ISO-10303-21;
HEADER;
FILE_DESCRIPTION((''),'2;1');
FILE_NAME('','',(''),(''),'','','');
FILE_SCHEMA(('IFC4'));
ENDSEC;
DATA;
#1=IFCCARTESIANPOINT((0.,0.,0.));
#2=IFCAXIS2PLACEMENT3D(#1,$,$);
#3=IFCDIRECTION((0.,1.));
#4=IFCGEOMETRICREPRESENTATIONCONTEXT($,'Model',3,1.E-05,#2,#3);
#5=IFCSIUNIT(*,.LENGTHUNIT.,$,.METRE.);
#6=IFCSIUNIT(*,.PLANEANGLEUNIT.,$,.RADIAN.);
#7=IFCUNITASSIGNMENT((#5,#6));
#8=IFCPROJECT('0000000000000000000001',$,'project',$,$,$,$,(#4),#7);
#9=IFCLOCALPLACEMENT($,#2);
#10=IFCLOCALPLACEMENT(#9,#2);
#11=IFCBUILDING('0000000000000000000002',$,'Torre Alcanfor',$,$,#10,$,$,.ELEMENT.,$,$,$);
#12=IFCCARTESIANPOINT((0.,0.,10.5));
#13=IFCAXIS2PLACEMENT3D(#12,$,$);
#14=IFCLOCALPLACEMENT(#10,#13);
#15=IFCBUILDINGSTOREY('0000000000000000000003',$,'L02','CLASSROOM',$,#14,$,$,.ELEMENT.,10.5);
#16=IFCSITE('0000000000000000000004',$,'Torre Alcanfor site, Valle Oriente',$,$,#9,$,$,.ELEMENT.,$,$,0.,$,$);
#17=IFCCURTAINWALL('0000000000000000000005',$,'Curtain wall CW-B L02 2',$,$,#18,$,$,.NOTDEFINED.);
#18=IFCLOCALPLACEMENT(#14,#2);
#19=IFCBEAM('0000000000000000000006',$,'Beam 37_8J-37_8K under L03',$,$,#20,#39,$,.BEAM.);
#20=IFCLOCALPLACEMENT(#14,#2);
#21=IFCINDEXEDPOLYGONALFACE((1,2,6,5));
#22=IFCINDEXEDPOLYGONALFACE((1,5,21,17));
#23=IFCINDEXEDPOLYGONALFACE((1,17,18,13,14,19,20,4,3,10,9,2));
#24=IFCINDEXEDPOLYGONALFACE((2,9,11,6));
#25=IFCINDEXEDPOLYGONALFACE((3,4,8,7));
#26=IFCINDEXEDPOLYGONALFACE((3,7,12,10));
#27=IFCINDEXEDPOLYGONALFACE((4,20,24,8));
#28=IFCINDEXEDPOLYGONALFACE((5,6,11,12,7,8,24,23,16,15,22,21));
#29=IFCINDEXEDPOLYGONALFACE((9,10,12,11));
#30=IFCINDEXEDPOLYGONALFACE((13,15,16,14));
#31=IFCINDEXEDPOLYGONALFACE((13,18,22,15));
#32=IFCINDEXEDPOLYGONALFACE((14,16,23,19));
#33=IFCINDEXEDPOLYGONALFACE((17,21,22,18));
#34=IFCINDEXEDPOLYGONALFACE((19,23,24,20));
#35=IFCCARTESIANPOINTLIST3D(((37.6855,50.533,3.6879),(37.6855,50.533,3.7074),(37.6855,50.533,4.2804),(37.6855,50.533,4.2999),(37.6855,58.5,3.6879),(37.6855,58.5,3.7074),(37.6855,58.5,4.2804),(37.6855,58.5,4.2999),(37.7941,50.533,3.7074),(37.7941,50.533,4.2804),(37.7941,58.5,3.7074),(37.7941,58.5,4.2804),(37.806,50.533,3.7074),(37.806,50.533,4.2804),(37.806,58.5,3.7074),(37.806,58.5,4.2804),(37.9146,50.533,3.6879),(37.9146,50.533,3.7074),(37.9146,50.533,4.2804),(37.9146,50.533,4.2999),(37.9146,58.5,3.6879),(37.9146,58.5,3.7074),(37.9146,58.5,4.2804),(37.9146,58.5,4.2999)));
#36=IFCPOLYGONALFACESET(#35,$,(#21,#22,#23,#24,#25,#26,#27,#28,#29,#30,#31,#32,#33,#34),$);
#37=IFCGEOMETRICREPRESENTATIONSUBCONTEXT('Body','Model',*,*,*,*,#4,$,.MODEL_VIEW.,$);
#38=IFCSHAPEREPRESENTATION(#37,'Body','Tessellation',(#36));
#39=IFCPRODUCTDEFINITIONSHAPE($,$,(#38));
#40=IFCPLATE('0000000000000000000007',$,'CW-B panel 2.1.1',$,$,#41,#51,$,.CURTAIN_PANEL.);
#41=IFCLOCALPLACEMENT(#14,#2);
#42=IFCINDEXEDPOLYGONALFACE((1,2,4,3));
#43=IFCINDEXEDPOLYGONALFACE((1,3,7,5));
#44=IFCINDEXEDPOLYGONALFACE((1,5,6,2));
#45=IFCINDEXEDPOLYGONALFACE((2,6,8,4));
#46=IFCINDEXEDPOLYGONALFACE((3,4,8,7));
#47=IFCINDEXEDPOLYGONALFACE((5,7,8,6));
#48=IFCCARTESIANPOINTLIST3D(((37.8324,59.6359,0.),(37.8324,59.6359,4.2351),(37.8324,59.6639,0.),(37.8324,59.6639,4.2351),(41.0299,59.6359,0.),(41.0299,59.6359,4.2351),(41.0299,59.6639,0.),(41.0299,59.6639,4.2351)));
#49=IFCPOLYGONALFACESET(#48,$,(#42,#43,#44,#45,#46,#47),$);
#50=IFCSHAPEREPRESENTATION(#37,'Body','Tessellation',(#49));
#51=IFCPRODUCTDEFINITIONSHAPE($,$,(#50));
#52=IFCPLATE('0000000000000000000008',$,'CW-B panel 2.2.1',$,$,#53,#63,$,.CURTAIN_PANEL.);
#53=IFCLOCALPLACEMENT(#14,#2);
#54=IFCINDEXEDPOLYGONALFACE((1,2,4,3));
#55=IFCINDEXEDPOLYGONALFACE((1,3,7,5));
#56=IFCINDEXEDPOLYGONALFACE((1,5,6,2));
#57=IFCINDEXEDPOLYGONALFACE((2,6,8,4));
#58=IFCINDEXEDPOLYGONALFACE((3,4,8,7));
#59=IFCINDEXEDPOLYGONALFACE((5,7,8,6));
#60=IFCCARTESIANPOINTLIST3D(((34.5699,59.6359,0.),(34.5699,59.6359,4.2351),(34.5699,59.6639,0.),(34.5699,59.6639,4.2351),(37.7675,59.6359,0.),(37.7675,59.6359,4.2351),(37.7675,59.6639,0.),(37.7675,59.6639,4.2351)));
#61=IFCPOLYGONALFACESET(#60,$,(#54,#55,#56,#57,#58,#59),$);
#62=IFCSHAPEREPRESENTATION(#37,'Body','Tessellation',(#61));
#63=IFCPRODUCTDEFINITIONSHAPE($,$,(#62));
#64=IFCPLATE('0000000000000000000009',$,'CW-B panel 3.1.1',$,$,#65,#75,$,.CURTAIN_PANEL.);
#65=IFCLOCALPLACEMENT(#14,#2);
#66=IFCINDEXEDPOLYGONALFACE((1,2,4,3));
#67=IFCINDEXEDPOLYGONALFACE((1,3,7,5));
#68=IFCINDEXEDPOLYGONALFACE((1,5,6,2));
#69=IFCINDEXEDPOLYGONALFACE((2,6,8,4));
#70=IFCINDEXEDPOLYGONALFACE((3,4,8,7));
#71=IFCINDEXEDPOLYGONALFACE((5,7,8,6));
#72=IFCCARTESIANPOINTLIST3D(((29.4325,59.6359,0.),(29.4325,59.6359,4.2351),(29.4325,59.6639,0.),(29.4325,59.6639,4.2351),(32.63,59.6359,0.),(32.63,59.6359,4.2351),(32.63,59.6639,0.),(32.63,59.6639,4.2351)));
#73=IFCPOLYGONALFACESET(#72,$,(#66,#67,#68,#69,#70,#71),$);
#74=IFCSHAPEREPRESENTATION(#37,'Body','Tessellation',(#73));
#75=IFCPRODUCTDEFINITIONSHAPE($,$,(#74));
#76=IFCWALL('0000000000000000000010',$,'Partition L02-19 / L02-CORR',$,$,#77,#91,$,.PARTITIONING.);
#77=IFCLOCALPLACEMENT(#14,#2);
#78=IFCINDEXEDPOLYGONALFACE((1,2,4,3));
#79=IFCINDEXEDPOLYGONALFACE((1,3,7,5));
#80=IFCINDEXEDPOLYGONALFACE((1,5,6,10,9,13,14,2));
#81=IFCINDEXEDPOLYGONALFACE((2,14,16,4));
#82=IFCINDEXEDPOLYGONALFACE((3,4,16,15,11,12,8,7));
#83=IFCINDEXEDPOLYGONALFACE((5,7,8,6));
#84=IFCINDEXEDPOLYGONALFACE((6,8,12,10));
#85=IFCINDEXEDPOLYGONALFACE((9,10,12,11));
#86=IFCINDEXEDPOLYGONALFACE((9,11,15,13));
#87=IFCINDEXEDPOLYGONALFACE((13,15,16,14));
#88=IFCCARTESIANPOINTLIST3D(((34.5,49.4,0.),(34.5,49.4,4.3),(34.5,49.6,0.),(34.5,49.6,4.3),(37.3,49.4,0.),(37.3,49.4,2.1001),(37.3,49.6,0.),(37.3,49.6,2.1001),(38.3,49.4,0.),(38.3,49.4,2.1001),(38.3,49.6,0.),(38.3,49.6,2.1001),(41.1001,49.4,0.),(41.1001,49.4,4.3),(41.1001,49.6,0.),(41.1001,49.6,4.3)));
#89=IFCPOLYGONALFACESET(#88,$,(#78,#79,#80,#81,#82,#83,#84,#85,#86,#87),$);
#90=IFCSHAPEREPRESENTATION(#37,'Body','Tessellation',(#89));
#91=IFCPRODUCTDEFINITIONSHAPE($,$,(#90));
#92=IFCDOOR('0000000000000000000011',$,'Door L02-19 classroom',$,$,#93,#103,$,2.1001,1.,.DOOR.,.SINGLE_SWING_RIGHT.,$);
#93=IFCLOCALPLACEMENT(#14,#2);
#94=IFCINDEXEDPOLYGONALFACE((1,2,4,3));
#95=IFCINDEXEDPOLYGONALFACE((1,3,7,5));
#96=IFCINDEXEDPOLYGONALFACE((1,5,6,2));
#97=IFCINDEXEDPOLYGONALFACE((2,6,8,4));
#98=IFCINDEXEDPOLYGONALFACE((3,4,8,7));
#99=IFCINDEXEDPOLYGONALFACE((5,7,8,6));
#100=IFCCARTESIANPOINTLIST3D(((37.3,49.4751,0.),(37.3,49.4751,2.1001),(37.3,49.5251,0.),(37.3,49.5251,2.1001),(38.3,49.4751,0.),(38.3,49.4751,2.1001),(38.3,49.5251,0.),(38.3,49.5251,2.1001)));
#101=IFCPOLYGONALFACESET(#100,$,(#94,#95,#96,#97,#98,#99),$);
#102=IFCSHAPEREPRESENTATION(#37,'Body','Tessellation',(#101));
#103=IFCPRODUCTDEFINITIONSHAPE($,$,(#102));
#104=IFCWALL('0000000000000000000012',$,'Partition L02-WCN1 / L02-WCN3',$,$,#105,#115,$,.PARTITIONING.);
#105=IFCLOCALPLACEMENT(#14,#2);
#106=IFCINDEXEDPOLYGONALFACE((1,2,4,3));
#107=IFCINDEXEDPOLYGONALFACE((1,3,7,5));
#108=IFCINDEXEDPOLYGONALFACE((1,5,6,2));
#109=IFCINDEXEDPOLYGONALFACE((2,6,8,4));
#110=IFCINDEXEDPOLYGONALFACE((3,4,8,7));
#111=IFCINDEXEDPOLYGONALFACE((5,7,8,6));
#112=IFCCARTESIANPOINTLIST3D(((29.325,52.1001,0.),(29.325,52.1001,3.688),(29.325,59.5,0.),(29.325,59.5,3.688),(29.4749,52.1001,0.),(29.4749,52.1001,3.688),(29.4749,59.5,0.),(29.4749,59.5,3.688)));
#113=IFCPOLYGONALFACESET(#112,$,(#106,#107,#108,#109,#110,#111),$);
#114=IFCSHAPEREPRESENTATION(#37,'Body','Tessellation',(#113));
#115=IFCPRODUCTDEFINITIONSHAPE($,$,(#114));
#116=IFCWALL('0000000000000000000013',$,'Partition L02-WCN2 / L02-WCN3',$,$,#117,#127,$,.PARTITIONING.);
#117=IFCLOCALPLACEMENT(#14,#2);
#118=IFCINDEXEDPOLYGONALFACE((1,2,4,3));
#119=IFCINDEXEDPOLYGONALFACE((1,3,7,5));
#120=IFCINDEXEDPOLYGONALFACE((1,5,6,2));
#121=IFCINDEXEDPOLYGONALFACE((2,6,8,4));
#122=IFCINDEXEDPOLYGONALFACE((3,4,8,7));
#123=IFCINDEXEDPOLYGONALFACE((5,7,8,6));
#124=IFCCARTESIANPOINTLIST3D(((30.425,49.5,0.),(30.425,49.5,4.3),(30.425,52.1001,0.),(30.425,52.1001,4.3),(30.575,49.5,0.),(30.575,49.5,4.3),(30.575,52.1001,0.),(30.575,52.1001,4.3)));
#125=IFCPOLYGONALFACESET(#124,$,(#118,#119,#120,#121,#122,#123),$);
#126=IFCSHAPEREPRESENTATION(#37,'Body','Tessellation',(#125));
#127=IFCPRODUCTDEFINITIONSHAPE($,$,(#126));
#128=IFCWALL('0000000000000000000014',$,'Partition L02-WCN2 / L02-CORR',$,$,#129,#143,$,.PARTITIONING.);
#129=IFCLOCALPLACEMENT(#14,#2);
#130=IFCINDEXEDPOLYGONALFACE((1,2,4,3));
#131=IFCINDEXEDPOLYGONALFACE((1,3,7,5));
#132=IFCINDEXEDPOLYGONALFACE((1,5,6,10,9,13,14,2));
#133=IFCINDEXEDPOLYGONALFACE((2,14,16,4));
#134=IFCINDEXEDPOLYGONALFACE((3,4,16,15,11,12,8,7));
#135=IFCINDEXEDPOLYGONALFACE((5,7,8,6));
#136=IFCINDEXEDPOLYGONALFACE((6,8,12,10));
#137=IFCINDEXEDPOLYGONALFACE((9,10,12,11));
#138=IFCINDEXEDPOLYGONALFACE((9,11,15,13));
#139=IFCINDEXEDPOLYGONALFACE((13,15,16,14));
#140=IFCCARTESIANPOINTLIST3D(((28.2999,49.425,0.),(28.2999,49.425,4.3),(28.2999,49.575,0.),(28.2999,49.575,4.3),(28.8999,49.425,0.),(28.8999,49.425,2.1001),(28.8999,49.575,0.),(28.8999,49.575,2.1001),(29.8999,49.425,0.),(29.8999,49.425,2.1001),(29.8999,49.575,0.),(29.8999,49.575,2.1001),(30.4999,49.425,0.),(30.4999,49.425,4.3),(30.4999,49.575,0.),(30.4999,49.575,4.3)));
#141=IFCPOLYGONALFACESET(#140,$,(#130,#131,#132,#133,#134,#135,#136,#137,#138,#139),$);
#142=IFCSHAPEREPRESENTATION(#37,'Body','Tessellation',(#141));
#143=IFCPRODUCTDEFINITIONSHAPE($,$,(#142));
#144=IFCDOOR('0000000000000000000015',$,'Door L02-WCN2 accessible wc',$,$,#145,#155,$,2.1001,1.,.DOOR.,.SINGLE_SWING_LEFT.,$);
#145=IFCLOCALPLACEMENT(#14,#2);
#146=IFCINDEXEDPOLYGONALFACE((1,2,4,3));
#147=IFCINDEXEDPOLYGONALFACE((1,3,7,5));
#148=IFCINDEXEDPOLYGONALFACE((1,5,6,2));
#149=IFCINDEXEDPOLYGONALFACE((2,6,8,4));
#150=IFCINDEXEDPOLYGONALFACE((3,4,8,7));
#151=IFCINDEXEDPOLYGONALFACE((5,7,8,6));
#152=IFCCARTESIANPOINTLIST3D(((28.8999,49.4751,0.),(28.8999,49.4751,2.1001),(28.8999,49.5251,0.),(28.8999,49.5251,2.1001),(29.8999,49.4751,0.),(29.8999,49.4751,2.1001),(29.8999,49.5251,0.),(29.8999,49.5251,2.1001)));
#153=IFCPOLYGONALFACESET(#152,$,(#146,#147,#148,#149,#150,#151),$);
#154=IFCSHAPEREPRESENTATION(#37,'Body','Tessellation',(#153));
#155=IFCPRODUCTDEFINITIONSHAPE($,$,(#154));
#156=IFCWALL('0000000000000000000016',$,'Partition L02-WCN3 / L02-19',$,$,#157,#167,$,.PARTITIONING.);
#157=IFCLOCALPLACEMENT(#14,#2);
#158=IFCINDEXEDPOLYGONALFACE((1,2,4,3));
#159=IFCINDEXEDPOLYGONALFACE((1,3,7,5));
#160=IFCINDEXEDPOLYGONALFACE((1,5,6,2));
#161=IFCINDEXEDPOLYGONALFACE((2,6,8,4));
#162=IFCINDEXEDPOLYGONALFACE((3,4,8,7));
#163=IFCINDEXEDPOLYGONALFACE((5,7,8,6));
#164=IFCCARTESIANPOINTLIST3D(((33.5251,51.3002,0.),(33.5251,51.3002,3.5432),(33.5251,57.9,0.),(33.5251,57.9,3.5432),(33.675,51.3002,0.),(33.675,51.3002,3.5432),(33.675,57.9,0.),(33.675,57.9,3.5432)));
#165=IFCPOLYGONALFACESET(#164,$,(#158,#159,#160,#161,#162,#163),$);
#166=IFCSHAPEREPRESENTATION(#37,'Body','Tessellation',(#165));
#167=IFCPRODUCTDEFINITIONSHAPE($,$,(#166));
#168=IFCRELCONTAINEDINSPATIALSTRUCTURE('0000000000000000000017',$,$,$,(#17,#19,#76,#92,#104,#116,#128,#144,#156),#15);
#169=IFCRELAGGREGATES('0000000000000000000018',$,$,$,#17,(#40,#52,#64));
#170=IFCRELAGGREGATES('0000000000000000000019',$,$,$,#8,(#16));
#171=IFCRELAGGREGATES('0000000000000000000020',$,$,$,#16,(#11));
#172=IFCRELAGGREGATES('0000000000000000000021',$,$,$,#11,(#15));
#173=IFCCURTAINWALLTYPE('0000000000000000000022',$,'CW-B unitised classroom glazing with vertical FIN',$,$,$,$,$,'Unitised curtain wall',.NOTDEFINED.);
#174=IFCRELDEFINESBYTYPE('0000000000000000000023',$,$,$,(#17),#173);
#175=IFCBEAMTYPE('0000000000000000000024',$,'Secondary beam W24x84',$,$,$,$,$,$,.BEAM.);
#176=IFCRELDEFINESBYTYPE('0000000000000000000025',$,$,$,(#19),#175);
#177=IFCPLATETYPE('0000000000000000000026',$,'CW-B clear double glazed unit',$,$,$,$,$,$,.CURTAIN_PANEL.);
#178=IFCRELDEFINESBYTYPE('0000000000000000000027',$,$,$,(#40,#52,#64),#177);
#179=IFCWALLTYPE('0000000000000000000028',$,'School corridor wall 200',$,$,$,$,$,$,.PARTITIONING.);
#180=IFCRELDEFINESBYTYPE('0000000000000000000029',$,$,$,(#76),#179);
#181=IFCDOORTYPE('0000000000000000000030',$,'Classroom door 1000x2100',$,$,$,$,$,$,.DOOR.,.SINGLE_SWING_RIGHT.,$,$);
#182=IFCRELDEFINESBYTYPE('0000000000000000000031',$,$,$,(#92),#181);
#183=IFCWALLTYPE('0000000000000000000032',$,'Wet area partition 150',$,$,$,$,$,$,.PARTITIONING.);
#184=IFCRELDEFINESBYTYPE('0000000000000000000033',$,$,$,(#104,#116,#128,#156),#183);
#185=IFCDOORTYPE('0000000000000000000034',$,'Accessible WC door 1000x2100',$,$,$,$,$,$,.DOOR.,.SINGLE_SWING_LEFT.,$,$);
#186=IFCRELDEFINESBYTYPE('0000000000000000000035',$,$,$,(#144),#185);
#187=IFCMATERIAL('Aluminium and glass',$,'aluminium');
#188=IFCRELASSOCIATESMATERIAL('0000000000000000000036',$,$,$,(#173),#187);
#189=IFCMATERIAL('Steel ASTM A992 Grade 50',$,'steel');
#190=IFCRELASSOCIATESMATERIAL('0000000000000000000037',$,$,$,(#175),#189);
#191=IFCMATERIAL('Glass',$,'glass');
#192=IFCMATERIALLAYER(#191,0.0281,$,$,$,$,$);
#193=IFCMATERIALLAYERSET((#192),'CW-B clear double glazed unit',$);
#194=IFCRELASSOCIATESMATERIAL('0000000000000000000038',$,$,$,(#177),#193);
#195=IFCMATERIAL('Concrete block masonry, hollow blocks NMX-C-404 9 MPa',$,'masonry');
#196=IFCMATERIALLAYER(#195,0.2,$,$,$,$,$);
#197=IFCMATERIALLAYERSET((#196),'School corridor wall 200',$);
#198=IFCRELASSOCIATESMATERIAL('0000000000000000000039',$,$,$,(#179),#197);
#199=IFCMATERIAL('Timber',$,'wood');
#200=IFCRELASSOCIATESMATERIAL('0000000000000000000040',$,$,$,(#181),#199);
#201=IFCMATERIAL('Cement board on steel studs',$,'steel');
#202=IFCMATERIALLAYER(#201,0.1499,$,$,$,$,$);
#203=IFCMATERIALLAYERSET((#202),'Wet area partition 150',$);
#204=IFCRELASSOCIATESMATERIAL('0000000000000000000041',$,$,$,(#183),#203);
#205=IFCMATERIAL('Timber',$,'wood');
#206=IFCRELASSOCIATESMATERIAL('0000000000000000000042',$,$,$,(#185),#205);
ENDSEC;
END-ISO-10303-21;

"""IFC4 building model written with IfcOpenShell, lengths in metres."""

from ifc_helpers import new_model, si_unit, direction, frame, frame_2d, origin, origin_2d, place, context, subcontext, project, spatial, rectangle, i_section, extrude, material, layer, layer_set, material_profile, profile_set, type_object, element, fill, aggregate, save


model = new_model("IFC4")

# Units and contexts
model_context = context("Model", 3, precision=1e-05, world=origin(), true_north=direction((0.0, 1.0)))
body_context = subcontext(model_context, "Body", "Model", "MODEL_VIEW")
ifc_project = project(units=[si_unit("LENGTHUNIT", "METRE"), si_unit("PLANEANGLEUNIT", "RADIAN")], contexts=[model_context])

# Site, building, storey
site_placement = place(None, origin())
site = spatial("IfcSite", under=ifc_project, at=site_placement, Name="Torre Alcanfor site, Valle Oriente", CompositionType="ELEMENT", RefElevation=0.0)
building_placement = place(site_placement, origin())
building = spatial("IfcBuilding", under=site, at=building_placement, Name="Torre Alcanfor", CompositionType="ELEMENT")
storey_placement = place(building_placement, frame((0.0, 0.0, 10.5)))
storey = spatial("IfcBuildingStorey", under=building, at=storey_placement, Name="L02", Description="CLASSROOM", CompositionType="ELEMENT", Elevation=10.5)

# Curtain wall
ifc_material_1 = material(Name="Aluminium and glass", Category="aluminium")
curtain_wall_type = type_object("IfcCurtainWallType", Name="CW-B unitised classroom glazing with vertical FIN", ElementType="Unitised curtain wall", PredefinedType="NOTDEFINED", material=ifc_material_1)
curtain_wall_placement = place(storey_placement, origin())
curtain_wall = element("IfcCurtainWall", 1, at=curtain_wall_placement, inside=storey, type_object=curtain_wall_type, Name="Curtain wall CW-B L02 2", PredefinedType="NOTDEFINED")

# Beam
ifc_material_2 = material(Name="Steel ASTM A992 Grade 50", Category="steel")
ifc_material_profile_1 = material_profile(ifc_material_2, i_section(OverallWidth=0.229, OverallDepth=0.6121, WebThickness=0.012, FlangeThickness=0.0195, at=origin_2d()), Name="W24x84")
ifc_profile_set_1 = profile_set([ifc_material_profile_1], Name="Steel ASTM A992 Grade 50")
beam_type_1 = type_object("IfcBeamType", Name="Secondary beam W24x84", PredefinedType="BEAM", material=ifc_profile_set_1)
beam_1_placement = place(storey_placement, frame((37.8, 50.533, 3.9939), z_axis=(0.0, 1.0, 0.0), x_axis=(-1.0, 0.0, 0.0)))
element("IfcBeam", 2, at=beam_1_placement, inside=storey, type_object=beam_type_1, Name="Beam 37_8J-37_8K under L03", PredefinedType="BEAM", context=body_context, shape_type="SweptSolid", body=[
    extrude(i_section(OverallWidth=0.229, OverallDepth=0.6121, WebThickness=0.012, FlangeThickness=0.0195, at=origin_2d()), origin(), (0.0, 0.0, 1.0), 7.967),
])

# Plates
ifc_material_3 = material(Name="Glass", Category="glass")
ifc_layer_1 = layer(ifc_material_3, 0.0281)
ifc_layer_set_1 = layer_set([ifc_layer_1], Name="CW-B clear double glazed unit")
plate_type = type_object("IfcPlateType", Name="CW-B clear double glazed unit", PredefinedType="CURTAIN_PANEL", material=ifc_layer_set_1)
plate_1_placement = place(storey_placement, frame((39.4312, 59.6499, 0.0), z_axis=(0.0, 0.0, 1.0), x_axis=(-1.0, 0.0, 0.0)))
plate_1 = element("IfcPlate", 3, at=plate_1_placement, type_object=plate_type, Name="CW-B panel 2.1.1", PredefinedType="CURTAIN_PANEL", context=body_context, shape_type="SweptSolid", body=[
    extrude(rectangle(XDim=3.1975, YDim=0.0281, at=origin_2d()), origin(), (0.0, 0.0, 1.0), 4.2351),
])
plate_2_placement = place(storey_placement, frame((36.1687, 59.6499, 0.0), z_axis=(0.0, 0.0, 1.0), x_axis=(-1.0, 0.0, 0.0)))
plate_2 = element("IfcPlate", 4, at=plate_2_placement, type_object=plate_type, Name="CW-B panel 2.2.1", PredefinedType="CURTAIN_PANEL", context=body_context, shape_type="SweptSolid", body=[
    extrude(rectangle(XDim=3.1975, YDim=0.0281, at=origin_2d()), origin(), (0.0, 0.0, 1.0), 4.2351),
])
plate_3_placement = place(storey_placement, frame((31.0312, 59.6499, 0.0), z_axis=(0.0, 0.0, 1.0), x_axis=(-1.0, 0.0, 0.0)))
plate_3 = element("IfcPlate", 5, at=plate_3_placement, type_object=plate_type, Name="CW-B panel 3.1.1", PredefinedType="CURTAIN_PANEL", context=body_context, shape_type="SweptSolid", body=[
    extrude(rectangle(XDim=3.1975, YDim=0.0281, at=origin_2d()), origin(), (0.0, 0.0, 1.0), 4.2351),
])
aggregate(curtain_wall, [plate_1, plate_2, plate_3])

# Wall, opening, door
ifc_material_4 = material(Name="Concrete block masonry, hollow blocks NMX-C-404 9 MPa", Category="masonry")
ifc_layer_2 = layer(ifc_material_4, 0.2)
ifc_layer_set_2 = layer_set([ifc_layer_2], Name="School corridor wall 200")
wall_type_1 = type_object("IfcWallType", Name="School corridor wall 200", PredefinedType="PARTITIONING", material=ifc_layer_set_2)
wall_1_placement = place(storey_placement, frame((41.1001, 49.5, 0.0), z_axis=(0.0, 0.0, 1.0), x_axis=(-1.0, 0.0, 0.0)))
wall_1 = element("IfcWall", 6, at=wall_1_placement, inside=storey, type_object=wall_type_1, Name="Partition L02-19 / L02-CORR", PredefinedType="PARTITIONING", context=body_context, shape_type="SweptSolid", body=[
    extrude(rectangle(XDim=6.6001, YDim=0.2, at=frame_2d((3.3, 0.0))), origin(), (0.0, 0.0, 1.0), 4.3),
])
opening_1_placement = place(wall_1_placement, frame((2.8, 0.0, 0.0)))
opening_1 = element("IfcOpeningElement", 7, at=opening_1_placement, cuts=wall_1, PredefinedType="OPENING", context=body_context, shape_type="SweptSolid", body=[
    extrude(rectangle(XDim=1.0, YDim=2.1001, at=frame_2d((0.5, 1.05))), frame((0.0, 0.1099, 0.0), z_axis=(0.0, -1.0, 0.0), x_axis=(1.0, 0.0, 0.0)), (0.0, 0.0, 1.0), 0.22),
])
ifc_material_5 = material(Name="Timber", Category="wood")
door_type_1 = type_object("IfcDoorType", Name="Classroom door 1000x2100", OperationType="SINGLE_SWING_RIGHT", PredefinedType="DOOR", material=ifc_material_5)
door_1_placement = place(opening_1_placement, frame((1.0, 0.0, 0.0), z_axis=(0.0, 0.0, 1.0), x_axis=(-1.0, 0.0, 0.0)))
door_1 = element("IfcDoor", 8, at=door_1_placement, inside=storey, type_object=door_type_1, Name="Door L02-19 classroom", OperationType="SINGLE_SWING_RIGHT", OverallHeight=2.1001, OverallWidth=1.0, PredefinedType="DOOR", context=body_context, shape_type="SweptSolid", body=[
    extrude(rectangle(XDim=1.0, YDim=2.1001, at=frame_2d((0.5, 1.05))), frame((0.0, 0.0251, 0.0), z_axis=(0.0, -1.0, 0.0), x_axis=(1.0, 0.0, 0.0)), (0.0, 0.0, 1.0), 0.05),
])
fill(opening_1, door_1)

# Walls
ifc_material_6 = material(Name="Cement board on steel studs", Category="steel")
ifc_layer_3 = layer(ifc_material_6, 0.1499)
ifc_layer_set_3 = layer_set([ifc_layer_3], Name="Wet area partition 150")
wall_type_2 = type_object("IfcWallType", Name="Wet area partition 150", PredefinedType="PARTITIONING", material=ifc_layer_set_3)
wall_2_placement = place(storey_placement, frame((29.3999, 59.5, 0.0), z_axis=(0.0, 0.0, 1.0), x_axis=(0.0, -1.0, 0.0)))
element("IfcWall", 9, at=wall_2_placement, inside=storey, type_object=wall_type_2, Name="Partition L02-WCN1 / L02-WCN3", PredefinedType="PARTITIONING", context=body_context, shape_type="SweptSolid", body=[
    extrude(rectangle(XDim=7.3999, YDim=0.1499, at=frame_2d((3.7, 0.0))), origin(), (0.0, 0.0, 1.0), 3.688),
])
wall_3_placement = place(storey_placement, frame((30.5, 52.1001, 0.0), z_axis=(0.0, 0.0, 1.0), x_axis=(0.0, -1.0, 0.0)))
element("IfcWall", 10, at=wall_3_placement, inside=storey, type_object=wall_type_2, Name="Partition L02-WCN2 / L02-WCN3", PredefinedType="PARTITIONING", context=body_context, shape_type="SweptSolid", body=[
    extrude(rectangle(XDim=2.6001, YDim=0.1499, at=frame_2d((1.3, 0.0))), origin(), (0.0, 0.0, 1.0), 4.3),
])

# Wall, opening, door
wall_4_placement = place(storey_placement, frame((30.5, 49.5, 0.0), z_axis=(0.0, 0.0, 1.0), x_axis=(-1.0, 0.0, 0.0)))
wall_4 = element("IfcWall", 11, at=wall_4_placement, inside=storey, type_object=wall_type_2, Name="Partition L02-WCN2 / L02-CORR", PredefinedType="PARTITIONING", context=body_context, shape_type="SweptSolid", body=[
    extrude(rectangle(XDim=2.2, YDim=0.1499, at=frame_2d((1.1001, 0.0))), origin(), (0.0, 0.0, 1.0), 4.3),
])
opening_2_placement = place(wall_4_placement, frame((0.6001, 0.0, 0.0)))
opening_2 = element("IfcOpeningElement", 12, at=opening_2_placement, cuts=wall_4, PredefinedType="OPENING", context=body_context, shape_type="SweptSolid", body=[
    extrude(rectangle(XDim=1.0, YDim=2.1001, at=frame_2d((0.5, 1.05))), frame((0.0, 0.085, 0.0), z_axis=(0.0, -1.0, 0.0), x_axis=(1.0, 0.0, 0.0)), (0.0, 0.0, 1.0), 0.1699),
])
ifc_material_7 = material(Name="Timber", Category="wood")
door_type_2 = type_object("IfcDoorType", Name="Accessible WC door 1000x2100", OperationType="SINGLE_SWING_LEFT", PredefinedType="DOOR", material=ifc_material_7)
door_2_placement = place(opening_2_placement, origin())
door_2 = element("IfcDoor", 13, at=door_2_placement, inside=storey, type_object=door_type_2, Name="Door L02-WCN2 accessible wc", OperationType="SINGLE_SWING_LEFT", OverallHeight=2.1001, OverallWidth=1.0, PredefinedType="DOOR", context=body_context, shape_type="SweptSolid", body=[
    extrude(rectangle(XDim=1.0, YDim=2.1001, at=frame_2d((0.5, 1.05))), frame((0.0, 0.0249, 0.0), z_axis=(0.0, -1.0, 0.0), x_axis=(1.0, 0.0, 0.0)), (0.0, 0.0, 1.0), 0.05),
])
fill(opening_2, door_2)

# Wall
wall_5_placement = place(storey_placement, frame((33.6001, 57.8999, 0.0), z_axis=(0.0, 0.0, 1.0), x_axis=(0.0, -1.0, 0.0)))
element("IfcWall", 14, at=wall_5_placement, inside=storey, type_object=wall_type_2, Name="Partition L02-WCN3 / L02-19", PredefinedType="PARTITIONING", context=body_context, shape_type="SweptSolid", body=[
    extrude(rectangle(XDim=6.5999, YDim=0.1499, at=frame_2d((3.2998, 0.0))), origin(), (0.0, 0.0, 1.0), 3.5432),
])

save(model, "model.ifc")
